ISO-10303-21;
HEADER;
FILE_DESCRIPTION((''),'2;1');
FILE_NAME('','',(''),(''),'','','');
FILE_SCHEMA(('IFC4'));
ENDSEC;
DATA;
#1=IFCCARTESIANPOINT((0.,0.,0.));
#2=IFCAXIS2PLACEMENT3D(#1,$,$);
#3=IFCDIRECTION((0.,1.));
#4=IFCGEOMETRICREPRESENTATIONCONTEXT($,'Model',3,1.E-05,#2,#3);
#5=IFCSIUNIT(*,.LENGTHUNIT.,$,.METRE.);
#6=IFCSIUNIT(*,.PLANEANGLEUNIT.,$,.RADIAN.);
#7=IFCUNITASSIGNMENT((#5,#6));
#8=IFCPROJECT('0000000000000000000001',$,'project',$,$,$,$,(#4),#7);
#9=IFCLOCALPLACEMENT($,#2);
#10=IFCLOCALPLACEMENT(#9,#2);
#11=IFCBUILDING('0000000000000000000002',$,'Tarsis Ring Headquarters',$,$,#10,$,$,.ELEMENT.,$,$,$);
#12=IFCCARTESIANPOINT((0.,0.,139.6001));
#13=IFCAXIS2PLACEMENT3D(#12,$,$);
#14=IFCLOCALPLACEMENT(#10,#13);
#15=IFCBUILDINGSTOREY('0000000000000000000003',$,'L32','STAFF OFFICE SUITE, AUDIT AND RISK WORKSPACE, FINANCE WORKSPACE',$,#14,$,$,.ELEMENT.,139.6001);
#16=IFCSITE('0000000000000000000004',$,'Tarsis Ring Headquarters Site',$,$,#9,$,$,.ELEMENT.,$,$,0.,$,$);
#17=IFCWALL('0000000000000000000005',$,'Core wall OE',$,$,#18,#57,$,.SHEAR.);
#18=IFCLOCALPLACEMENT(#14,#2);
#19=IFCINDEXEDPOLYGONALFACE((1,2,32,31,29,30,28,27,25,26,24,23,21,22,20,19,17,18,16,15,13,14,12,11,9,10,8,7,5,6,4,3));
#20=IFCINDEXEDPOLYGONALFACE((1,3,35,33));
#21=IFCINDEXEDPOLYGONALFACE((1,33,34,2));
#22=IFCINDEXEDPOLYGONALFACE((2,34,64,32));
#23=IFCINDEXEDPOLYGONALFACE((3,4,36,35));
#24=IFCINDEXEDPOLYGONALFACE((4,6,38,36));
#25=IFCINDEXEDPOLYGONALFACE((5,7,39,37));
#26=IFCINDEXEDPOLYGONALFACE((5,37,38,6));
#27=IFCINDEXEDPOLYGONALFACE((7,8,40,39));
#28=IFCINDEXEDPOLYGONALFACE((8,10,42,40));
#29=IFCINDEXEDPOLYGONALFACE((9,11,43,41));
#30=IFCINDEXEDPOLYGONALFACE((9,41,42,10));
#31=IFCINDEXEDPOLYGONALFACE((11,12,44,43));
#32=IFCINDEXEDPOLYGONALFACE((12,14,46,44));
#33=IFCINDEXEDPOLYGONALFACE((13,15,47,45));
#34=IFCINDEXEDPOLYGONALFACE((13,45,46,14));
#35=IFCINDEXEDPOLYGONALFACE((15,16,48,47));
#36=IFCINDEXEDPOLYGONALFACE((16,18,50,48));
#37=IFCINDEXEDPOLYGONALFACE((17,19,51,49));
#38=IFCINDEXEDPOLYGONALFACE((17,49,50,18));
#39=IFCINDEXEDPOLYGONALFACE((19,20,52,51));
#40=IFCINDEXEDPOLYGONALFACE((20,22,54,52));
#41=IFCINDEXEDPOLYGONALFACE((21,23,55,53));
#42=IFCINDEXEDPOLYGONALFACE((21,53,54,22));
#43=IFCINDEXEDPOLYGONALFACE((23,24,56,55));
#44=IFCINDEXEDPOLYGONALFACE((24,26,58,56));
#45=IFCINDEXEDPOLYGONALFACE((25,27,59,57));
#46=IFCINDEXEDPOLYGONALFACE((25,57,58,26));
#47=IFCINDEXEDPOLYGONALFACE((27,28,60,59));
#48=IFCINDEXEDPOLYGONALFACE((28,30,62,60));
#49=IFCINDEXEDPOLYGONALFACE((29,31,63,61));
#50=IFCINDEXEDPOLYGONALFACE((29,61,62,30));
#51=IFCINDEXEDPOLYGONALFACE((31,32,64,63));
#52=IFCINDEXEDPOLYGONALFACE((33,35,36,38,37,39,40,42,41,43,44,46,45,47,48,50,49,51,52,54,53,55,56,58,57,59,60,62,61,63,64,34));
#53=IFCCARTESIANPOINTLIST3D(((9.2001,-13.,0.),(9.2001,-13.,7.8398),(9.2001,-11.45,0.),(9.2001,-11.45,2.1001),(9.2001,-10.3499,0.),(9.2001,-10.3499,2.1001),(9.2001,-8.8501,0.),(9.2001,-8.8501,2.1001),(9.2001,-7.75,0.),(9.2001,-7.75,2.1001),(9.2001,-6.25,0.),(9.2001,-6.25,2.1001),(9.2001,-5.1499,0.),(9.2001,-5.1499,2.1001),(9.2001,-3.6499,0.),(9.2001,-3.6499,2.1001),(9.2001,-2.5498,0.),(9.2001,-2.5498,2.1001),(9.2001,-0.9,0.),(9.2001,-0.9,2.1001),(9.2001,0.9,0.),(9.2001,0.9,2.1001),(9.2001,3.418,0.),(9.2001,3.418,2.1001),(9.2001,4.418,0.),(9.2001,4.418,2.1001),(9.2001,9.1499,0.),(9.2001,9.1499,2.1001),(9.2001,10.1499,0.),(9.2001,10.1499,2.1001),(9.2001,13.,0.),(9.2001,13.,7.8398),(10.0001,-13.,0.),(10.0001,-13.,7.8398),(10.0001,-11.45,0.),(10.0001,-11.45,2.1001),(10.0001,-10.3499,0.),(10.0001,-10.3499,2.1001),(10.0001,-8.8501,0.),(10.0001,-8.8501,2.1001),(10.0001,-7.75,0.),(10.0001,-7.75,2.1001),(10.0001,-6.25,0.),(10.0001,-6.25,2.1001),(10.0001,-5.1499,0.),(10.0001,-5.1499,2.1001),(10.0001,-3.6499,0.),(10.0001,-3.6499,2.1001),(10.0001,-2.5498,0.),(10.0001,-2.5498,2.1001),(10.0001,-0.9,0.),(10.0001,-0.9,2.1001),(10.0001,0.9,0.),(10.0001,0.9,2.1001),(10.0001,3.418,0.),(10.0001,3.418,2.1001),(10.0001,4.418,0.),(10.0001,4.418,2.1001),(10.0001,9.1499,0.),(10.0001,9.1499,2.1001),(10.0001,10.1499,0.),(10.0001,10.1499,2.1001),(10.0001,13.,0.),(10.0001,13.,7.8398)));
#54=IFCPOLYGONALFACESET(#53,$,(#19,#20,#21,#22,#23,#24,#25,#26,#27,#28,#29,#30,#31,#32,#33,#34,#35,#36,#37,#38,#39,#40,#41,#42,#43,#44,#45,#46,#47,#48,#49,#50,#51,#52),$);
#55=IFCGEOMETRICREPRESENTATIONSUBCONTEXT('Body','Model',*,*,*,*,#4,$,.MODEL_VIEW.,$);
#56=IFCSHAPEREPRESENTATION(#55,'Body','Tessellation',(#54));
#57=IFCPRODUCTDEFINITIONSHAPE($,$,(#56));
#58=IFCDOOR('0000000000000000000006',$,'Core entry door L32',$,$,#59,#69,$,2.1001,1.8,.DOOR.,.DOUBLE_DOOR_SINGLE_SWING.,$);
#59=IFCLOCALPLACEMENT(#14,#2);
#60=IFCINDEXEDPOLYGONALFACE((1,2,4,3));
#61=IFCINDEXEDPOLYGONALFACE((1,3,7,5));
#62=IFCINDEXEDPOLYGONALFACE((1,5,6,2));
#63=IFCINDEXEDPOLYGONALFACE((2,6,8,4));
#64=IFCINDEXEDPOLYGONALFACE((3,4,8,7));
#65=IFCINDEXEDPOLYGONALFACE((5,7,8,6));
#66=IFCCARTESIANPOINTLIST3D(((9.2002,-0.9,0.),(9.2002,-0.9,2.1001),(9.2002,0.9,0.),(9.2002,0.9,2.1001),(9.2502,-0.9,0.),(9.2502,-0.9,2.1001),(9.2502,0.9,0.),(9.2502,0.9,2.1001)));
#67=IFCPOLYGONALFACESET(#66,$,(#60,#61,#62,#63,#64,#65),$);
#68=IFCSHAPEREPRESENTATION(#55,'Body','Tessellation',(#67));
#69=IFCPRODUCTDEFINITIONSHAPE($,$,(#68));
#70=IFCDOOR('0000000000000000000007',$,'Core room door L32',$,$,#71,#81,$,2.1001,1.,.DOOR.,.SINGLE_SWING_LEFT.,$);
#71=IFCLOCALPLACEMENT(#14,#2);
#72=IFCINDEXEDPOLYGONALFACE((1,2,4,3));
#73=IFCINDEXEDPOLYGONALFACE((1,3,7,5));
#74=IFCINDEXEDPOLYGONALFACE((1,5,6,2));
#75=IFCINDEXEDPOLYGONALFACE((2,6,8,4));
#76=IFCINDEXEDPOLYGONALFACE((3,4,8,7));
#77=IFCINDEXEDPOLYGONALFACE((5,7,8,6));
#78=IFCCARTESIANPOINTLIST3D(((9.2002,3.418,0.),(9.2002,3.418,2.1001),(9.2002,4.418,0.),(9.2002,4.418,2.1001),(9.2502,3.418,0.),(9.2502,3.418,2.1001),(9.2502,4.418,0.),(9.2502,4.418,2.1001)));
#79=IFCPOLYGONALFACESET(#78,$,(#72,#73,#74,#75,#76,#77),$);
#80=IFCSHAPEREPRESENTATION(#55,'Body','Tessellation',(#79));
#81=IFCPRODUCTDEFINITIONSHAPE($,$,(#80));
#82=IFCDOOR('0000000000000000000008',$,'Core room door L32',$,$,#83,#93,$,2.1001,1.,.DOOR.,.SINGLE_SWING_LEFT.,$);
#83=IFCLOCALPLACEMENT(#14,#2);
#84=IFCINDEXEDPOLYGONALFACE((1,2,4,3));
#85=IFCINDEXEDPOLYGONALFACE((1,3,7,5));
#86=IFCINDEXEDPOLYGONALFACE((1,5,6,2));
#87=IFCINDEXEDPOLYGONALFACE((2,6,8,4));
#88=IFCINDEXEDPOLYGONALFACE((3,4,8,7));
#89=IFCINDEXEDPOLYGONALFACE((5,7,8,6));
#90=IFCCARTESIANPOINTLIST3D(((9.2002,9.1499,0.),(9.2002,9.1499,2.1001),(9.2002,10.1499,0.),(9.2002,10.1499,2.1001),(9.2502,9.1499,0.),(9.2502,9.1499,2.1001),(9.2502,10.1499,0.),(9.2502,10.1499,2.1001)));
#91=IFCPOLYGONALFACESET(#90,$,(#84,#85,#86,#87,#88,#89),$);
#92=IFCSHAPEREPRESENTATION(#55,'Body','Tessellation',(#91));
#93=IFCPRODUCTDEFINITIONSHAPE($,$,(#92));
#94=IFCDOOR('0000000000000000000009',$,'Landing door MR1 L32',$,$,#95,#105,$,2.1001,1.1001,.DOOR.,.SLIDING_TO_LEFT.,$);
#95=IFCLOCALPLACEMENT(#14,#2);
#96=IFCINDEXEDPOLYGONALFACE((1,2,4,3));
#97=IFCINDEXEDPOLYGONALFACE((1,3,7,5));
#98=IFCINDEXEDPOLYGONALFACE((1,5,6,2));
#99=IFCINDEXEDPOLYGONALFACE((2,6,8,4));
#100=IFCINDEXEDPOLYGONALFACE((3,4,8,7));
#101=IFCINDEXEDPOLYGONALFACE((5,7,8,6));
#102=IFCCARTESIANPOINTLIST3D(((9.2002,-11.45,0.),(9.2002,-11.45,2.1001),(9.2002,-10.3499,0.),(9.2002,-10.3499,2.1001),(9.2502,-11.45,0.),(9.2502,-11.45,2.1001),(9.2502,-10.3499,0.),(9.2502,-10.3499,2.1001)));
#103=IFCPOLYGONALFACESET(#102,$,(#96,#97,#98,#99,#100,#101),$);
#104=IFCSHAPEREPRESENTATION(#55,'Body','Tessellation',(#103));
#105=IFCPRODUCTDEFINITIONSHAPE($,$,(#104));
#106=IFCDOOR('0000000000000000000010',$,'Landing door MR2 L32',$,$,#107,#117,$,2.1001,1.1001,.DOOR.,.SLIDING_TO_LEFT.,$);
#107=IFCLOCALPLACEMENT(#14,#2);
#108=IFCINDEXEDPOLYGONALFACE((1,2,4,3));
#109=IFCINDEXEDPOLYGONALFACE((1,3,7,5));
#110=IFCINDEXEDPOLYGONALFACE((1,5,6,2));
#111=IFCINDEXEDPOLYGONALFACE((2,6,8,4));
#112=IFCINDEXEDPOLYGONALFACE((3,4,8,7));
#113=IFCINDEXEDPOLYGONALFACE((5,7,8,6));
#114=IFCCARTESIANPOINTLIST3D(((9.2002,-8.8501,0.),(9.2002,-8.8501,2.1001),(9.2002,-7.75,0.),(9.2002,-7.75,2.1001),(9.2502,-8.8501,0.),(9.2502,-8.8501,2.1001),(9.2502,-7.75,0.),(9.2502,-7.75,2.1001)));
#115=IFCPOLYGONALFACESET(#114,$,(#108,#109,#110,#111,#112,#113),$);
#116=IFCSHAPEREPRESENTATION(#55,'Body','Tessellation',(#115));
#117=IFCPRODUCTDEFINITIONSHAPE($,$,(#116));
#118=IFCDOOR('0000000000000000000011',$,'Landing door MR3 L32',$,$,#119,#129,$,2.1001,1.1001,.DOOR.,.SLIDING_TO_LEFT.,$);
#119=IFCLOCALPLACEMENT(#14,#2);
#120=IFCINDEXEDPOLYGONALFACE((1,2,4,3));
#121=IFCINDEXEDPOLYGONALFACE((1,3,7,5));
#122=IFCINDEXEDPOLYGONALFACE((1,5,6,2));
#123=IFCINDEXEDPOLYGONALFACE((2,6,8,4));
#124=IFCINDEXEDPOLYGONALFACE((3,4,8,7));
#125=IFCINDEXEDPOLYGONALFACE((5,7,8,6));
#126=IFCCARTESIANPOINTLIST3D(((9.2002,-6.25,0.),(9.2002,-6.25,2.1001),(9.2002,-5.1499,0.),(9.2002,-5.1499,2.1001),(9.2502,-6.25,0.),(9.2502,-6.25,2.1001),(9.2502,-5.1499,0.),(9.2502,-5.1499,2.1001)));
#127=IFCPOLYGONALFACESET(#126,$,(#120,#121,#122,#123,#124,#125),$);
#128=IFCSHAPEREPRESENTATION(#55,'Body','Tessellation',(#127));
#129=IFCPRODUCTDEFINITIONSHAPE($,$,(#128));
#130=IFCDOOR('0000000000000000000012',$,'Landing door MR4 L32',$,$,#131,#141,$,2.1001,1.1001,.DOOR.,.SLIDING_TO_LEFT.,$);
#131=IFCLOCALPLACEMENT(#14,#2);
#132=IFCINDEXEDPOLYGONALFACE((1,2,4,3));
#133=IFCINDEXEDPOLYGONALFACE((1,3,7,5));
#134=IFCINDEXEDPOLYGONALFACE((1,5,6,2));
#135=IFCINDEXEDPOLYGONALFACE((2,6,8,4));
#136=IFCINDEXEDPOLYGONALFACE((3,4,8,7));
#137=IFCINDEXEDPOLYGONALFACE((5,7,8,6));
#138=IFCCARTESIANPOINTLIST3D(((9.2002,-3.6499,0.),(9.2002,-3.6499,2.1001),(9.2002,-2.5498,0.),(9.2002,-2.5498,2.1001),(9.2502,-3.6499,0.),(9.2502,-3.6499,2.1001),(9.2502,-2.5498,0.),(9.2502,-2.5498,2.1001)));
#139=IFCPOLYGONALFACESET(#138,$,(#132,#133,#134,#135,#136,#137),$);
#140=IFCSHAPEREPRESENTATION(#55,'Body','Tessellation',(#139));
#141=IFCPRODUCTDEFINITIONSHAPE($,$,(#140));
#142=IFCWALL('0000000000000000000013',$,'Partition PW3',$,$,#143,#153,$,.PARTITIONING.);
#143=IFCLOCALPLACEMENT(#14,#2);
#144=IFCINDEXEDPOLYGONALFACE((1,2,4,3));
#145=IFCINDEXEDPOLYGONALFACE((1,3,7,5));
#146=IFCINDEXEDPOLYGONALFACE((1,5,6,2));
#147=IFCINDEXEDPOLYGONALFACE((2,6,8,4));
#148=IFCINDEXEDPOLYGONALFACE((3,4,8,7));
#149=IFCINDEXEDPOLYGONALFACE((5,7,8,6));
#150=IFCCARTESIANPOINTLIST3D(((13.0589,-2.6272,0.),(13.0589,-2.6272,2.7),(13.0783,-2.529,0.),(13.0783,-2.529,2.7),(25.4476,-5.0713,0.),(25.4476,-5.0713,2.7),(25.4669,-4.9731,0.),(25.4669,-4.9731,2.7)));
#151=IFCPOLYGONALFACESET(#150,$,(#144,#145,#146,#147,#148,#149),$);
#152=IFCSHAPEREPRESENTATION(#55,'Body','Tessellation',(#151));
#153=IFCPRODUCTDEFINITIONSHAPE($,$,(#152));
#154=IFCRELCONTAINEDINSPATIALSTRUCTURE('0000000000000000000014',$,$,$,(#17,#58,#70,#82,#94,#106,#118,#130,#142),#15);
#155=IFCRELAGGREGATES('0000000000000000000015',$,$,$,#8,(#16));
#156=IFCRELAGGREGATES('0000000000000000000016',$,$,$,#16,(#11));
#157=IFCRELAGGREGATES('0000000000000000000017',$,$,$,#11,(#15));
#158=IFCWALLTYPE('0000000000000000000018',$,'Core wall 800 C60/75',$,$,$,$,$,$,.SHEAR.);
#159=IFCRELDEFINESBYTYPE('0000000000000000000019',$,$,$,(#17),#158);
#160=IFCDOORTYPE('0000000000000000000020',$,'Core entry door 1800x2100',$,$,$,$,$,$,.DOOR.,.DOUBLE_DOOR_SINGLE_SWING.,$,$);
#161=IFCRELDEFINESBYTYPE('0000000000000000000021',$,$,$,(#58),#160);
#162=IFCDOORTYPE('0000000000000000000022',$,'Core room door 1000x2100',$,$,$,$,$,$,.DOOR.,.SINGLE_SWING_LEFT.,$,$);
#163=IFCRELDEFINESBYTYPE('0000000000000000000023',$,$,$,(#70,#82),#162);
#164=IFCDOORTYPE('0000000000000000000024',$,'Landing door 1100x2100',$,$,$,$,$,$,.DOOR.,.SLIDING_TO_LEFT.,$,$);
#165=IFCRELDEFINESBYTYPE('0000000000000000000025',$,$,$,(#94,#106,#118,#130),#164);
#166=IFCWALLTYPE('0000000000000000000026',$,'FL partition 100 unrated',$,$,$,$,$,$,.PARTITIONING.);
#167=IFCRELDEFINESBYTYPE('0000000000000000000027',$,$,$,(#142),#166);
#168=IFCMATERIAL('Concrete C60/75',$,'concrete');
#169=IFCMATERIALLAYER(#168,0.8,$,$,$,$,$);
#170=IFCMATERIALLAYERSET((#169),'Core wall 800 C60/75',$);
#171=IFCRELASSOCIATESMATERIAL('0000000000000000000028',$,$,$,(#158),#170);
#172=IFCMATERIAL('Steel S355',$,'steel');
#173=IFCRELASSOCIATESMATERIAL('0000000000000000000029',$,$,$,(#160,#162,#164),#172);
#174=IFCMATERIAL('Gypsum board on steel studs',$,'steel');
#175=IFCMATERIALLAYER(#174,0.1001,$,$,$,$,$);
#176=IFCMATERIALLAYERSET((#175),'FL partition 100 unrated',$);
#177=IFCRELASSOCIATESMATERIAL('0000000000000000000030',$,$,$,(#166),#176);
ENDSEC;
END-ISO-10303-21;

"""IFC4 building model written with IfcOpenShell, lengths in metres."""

from ifc_helpers import new_model, si_unit, direction, frame, frame_2d, origin, place, context, subcontext, project, spatial, rectangle, extrude, material, layer, layer_set, type_object, element, fill, save


model = new_model("IFC4")

# Units and contexts
model_context = context("Model", 3, precision=1e-05, world=origin(), true_north=direction((0.0, 1.0)))
body_context = subcontext(model_context, "Body", "Model", "MODEL_VIEW")
ifc_project = project(units=[si_unit("LENGTHUNIT", "METRE"), si_unit("PLANEANGLEUNIT", "RADIAN")], contexts=[model_context])

# Site, building, storey
site_placement = place(None, origin())
site = spatial("IfcSite", under=ifc_project, at=site_placement, Name="Tarsis Ring Headquarters Site", CompositionType="ELEMENT", RefElevation=0.0)
building_placement = place(site_placement, origin())
building = spatial("IfcBuilding", under=site, at=building_placement, Name="Tarsis Ring Headquarters", CompositionType="ELEMENT")
storey_placement = place(building_placement, frame((0.0, 0.0, 139.6001)))
storey = spatial("IfcBuildingStorey", under=building, at=storey_placement, Name="L32", Description="STAFF OFFICE SUITE, AUDIT AND RISK WORKSPACE, FINANCE WORKSPACE", CompositionType="ELEMENT", Elevation=139.6001)

# Wall, openings, doors
ifc_material_1 = material(Name="Concrete C60/75", Category="concrete")
ifc_layer_1 = layer(ifc_material_1, 0.8)
ifc_layer_set_1 = layer_set([ifc_layer_1], Name="Core wall 800 C60/75")
wall_type_1 = type_object("IfcWallType", Name="Core wall 800 C60/75", PredefinedType="SHEAR", material=ifc_layer_set_1)
wall_1_placement = place(storey_placement, frame((9.6001, -13.0, 0.0), z_axis=(0.0, 0.0, 1.0), x_axis=(0.0, 1.0, 0.0)))
wall_1 = element("IfcWall", 1, at=wall_1_placement, inside=storey, type_object=wall_type_1, Name="Core wall OE", PredefinedType="SHEAR", context=body_context, shape_type="SweptSolid", body=[
    extrude(rectangle(XDim=26.0, YDim=0.8, at=frame_2d((13.0, 0.0))), origin(), (0.0, 0.0, 1.0), 7.8398),
])
opening_1_placement = place(wall_1_placement, frame((1.55, 0.0, 0.0)))
opening_1 = element("IfcOpeningElement", 2, at=opening_1_placement, cuts=wall_1, PredefinedType="OPENING", context=body_context, shape_type="SweptSolid", body=[
    extrude(rectangle(XDim=1.1001, YDim=2.1001, at=frame_2d((0.55, 1.05))), frame((0.0, 0.4099, 0.0), z_axis=(0.0, -1.0, 0.0), x_axis=(1.0, 0.0, 0.0)), (0.0, 0.0, 1.0), 0.8201),
])
opening_2_placement = place(wall_1_placement, frame((4.1499, 0.0, 0.0)))
opening_2 = element("IfcOpeningElement", 3, at=opening_2_placement, cuts=wall_1, PredefinedType="OPENING", context=body_context, shape_type="SweptSolid", body=[
    extrude(rectangle(XDim=1.1001, YDim=2.1001, at=frame_2d((0.55, 1.05))), frame((0.0, 0.4099, 0.0), z_axis=(0.0, -1.0, 0.0), x_axis=(1.0, 0.0, 0.0)), (0.0, 0.0, 1.0), 0.8201),
])
opening_3_placement = place(wall_1_placement, frame((6.75, 0.0, 0.0)))
opening_3 = element("IfcOpeningElement", 4, at=opening_3_placement, cuts=wall_1, PredefinedType="OPENING", context=body_context, shape_type="SweptSolid", body=[
    extrude(rectangle(XDim=1.1001, YDim=2.1001, at=frame_2d((0.55, 1.05))), frame((0.0, 0.4099, 0.0), z_axis=(0.0, -1.0, 0.0), x_axis=(1.0, 0.0, 0.0)), (0.0, 0.0, 1.0), 0.8201),
])
opening_4_placement = place(wall_1_placement, frame((9.3501, 0.0, 0.0)))
opening_4 = element("IfcOpeningElement", 5, at=opening_4_placement, cuts=wall_1, PredefinedType="OPENING", context=body_context, shape_type="SweptSolid", body=[
    extrude(rectangle(XDim=1.1001, YDim=2.1001, at=frame_2d((0.55, 1.05))), frame((0.0, 0.4099, 0.0), z_axis=(0.0, -1.0, 0.0), x_axis=(1.0, 0.0, 0.0)), (0.0, 0.0, 1.0), 0.8201),
])
opening_5_placement = place(wall_1_placement, frame((12.1001, 0.0, 0.0)))
opening_5 = element("IfcOpeningElement", 6, at=opening_5_placement, cuts=wall_1, PredefinedType="OPENING", context=body_context, shape_type="SweptSolid", body=[
    extrude(rectangle(XDim=1.8, YDim=2.1001, at=frame_2d((0.8999, 1.05))), frame((0.0, 0.4099, 0.0), z_axis=(0.0, -1.0, 0.0), x_axis=(1.0, 0.0, 0.0)), (0.0, 0.0, 1.0), 0.8201),
])
opening_6_placement = place(wall_1_placement, frame((16.418, 0.0, 0.0)))
opening_6 = element("IfcOpeningElement", 7, at=opening_6_placement, cuts=wall_1, PredefinedType="OPENING", context=body_context, shape_type="SweptSolid", body=[
    extrude(rectangle(XDim=1.0, YDim=2.1001, at=frame_2d((0.5, 1.05))), frame((0.0, 0.4099, 0.0), z_axis=(0.0, -1.0, 0.0), x_axis=(1.0, 0.0, 0.0)), (0.0, 0.0, 1.0), 0.8201),
])
opening_7_placement = place(wall_1_placement, frame((22.1499, 0.0, 0.0)))
opening_7 = element("IfcOpeningElement", 8, at=opening_7_placement, cuts=wall_1, PredefinedType="OPENING", context=body_context, shape_type="SweptSolid", body=[
    extrude(rectangle(XDim=1.0, YDim=2.1001, at=frame_2d((0.5, 1.05))), frame((0.0, 0.4099, 0.0), z_axis=(0.0, -1.0, 0.0), x_axis=(1.0, 0.0, 0.0)), (0.0, 0.0, 1.0), 0.8201),
])
ifc_material_2 = material(Name="Steel S355", Category="steel")
door_type_1 = type_object("IfcDoorType", Name="Core entry door 1800x2100", OperationType="DOUBLE_DOOR_SINGLE_SWING", PredefinedType="DOOR", material=ifc_material_2)
door_1_placement = place(opening_5_placement, origin())
door_1 = element("IfcDoor", 9, at=door_1_placement, inside=storey, type_object=door_type_1, Name="Core entry door L32", OperationType="DOUBLE_DOOR_SINGLE_SWING", OverallHeight=2.1001, OverallWidth=1.8, PredefinedType="DOOR", context=body_context, shape_type="SweptSolid", body=[
    extrude(rectangle(XDim=1.8, YDim=2.1001, at=frame_2d((0.8999, 1.05))), frame((0.0, 0.3999, 0.0), z_axis=(0.0, -1.0, 0.0), x_axis=(1.0, 0.0, 0.0)), (0.0, 0.0, 1.0), 0.05),
])
fill(opening_5, door_1)
door_type_2 = type_object("IfcDoorType", Name="Core room door 1000x2100", OperationType="SINGLE_SWING_LEFT", PredefinedType="DOOR", material=ifc_material_2)
door_2_placement = place(opening_6_placement, origin())
door_2 = element("IfcDoor", 10, at=door_2_placement, inside=storey, type_object=door_type_2, Name="Core room door L32", OperationType="SINGLE_SWING_LEFT", OverallHeight=2.1001, OverallWidth=1.0, PredefinedType="DOOR", context=body_context, shape_type="SweptSolid", body=[
    extrude(rectangle(XDim=1.0, YDim=2.1001, at=frame_2d((0.5, 1.05))), frame((0.0, 0.3999, 0.0), z_axis=(0.0, -1.0, 0.0), x_axis=(1.0, 0.0, 0.0)), (0.0, 0.0, 1.0), 0.05),
])
fill(opening_6, door_2)
door_3_placement = place(opening_7_placement, origin())
door_3 = element("IfcDoor", 11, at=door_3_placement, inside=storey, type_object=door_type_2, Name="Core room door L32", OperationType="SINGLE_SWING_LEFT", OverallHeight=2.1001, OverallWidth=1.0, PredefinedType="DOOR", context=body_context, shape_type="SweptSolid", body=[
    extrude(rectangle(XDim=1.0, YDim=2.1001, at=frame_2d((0.5, 1.05))), frame((0.0, 0.3999, 0.0), z_axis=(0.0, -1.0, 0.0), x_axis=(1.0, 0.0, 0.0)), (0.0, 0.0, 1.0), 0.05),
])
fill(opening_7, door_3)
door_type_3 = type_object("IfcDoorType", Name="Landing door 1100x2100", OperationType="SLIDING_TO_LEFT", PredefinedType="DOOR", material=ifc_material_2)
door_4_placement = place(opening_1_placement, origin())
door_4 = element("IfcDoor", 12, at=door_4_placement, inside=storey, type_object=door_type_3, Name="Landing door MR1 L32", OperationType="SLIDING_TO_LEFT", OverallHeight=2.1001, OverallWidth=1.1001, PredefinedType="DOOR", context=body_context, shape_type="SweptSolid", body=[
    extrude(rectangle(XDim=1.1001, YDim=2.1001, at=frame_2d((0.55, 1.05))), frame((0.0, 0.3999, 0.0), z_axis=(0.0, -1.0, 0.0), x_axis=(1.0, 0.0, 0.0)), (0.0, 0.0, 1.0), 0.05),
])
fill(opening_1, door_4)
door_5_placement = place(opening_2_placement, origin())
door_5 = element("IfcDoor", 13, at=door_5_placement, inside=storey, type_object=door_type_3, Name="Landing door MR2 L32", OperationType="SLIDING_TO_LEFT", OverallHeight=2.1001, OverallWidth=1.1001, PredefinedType="DOOR", context=body_context, shape_type="SweptSolid", body=[
    extrude(rectangle(XDim=1.1001, YDim=2.1001, at=frame_2d((0.55, 1.05))), frame((0.0, 0.3999, 0.0), z_axis=(0.0, -1.0, 0.0), x_axis=(1.0, 0.0, 0.0)), (0.0, 0.0, 1.0), 0.05),
])
fill(opening_2, door_5)
door_6_placement = place(opening_3_placement, origin())
door_6 = element("IfcDoor", 14, at=door_6_placement, inside=storey, type_object=door_type_3, Name="Landing door MR3 L32", OperationType="SLIDING_TO_LEFT", OverallHeight=2.1001, OverallWidth=1.1001, PredefinedType="DOOR", context=body_context, shape_type="SweptSolid", body=[
    extrude(rectangle(XDim=1.1001, YDim=2.1001, at=frame_2d((0.55, 1.05))), frame((0.0, 0.3999, 0.0), z_axis=(0.0, -1.0, 0.0), x_axis=(1.0, 0.0, 0.0)), (0.0, 0.0, 1.0), 0.05),
])
fill(opening_3, door_6)
door_7_placement = place(opening_4_placement, origin())
door_7 = element("IfcDoor", 15, at=door_7_placement, inside=storey, type_object=door_type_3, Name="Landing door MR4 L32", OperationType="SLIDING_TO_LEFT", OverallHeight=2.1001, OverallWidth=1.1001, PredefinedType="DOOR", context=body_context, shape_type="SweptSolid", body=[
    extrude(rectangle(XDim=1.1001, YDim=2.1001, at=frame_2d((0.55, 1.05))), frame((0.0, 0.3999, 0.0), z_axis=(0.0, -1.0, 0.0), x_axis=(1.0, 0.0, 0.0)), (0.0, 0.0, 1.0), 0.05),
])
fill(opening_4, door_7)

# Wall
ifc_material_3 = material(Name="Gypsum board on steel studs", Category="steel")
ifc_layer_2 = layer(ifc_material_3, 0.1001)
ifc_layer_set_2 = layer_set([ifc_layer_2], Name="FL partition 100 unrated")
wall_type_2 = type_object("IfcWallType", Name="FL partition 100 unrated", PredefinedType="PARTITIONING", material=ifc_layer_set_2)
wall_2_placement = place(storey_placement, frame((13.0686, -2.5781, 0.0), z_axis=(0.0, 0.0, 1.0), x_axis=(0.98109, -0.193554, 0.0)))
element("IfcWall", 16, at=wall_2_placement, inside=storey, type_object=wall_type_2, Name="Partition PW3", PredefinedType="PARTITIONING", context=body_context, shape_type="SweptSolid", body=[
    extrude(rectangle(XDim=12.6274, YDim=0.1001, at=frame_2d((6.3137, 0.0))), origin(), (0.0, 0.0, 1.0), 2.7),
])

save(model, "model.ifc")
